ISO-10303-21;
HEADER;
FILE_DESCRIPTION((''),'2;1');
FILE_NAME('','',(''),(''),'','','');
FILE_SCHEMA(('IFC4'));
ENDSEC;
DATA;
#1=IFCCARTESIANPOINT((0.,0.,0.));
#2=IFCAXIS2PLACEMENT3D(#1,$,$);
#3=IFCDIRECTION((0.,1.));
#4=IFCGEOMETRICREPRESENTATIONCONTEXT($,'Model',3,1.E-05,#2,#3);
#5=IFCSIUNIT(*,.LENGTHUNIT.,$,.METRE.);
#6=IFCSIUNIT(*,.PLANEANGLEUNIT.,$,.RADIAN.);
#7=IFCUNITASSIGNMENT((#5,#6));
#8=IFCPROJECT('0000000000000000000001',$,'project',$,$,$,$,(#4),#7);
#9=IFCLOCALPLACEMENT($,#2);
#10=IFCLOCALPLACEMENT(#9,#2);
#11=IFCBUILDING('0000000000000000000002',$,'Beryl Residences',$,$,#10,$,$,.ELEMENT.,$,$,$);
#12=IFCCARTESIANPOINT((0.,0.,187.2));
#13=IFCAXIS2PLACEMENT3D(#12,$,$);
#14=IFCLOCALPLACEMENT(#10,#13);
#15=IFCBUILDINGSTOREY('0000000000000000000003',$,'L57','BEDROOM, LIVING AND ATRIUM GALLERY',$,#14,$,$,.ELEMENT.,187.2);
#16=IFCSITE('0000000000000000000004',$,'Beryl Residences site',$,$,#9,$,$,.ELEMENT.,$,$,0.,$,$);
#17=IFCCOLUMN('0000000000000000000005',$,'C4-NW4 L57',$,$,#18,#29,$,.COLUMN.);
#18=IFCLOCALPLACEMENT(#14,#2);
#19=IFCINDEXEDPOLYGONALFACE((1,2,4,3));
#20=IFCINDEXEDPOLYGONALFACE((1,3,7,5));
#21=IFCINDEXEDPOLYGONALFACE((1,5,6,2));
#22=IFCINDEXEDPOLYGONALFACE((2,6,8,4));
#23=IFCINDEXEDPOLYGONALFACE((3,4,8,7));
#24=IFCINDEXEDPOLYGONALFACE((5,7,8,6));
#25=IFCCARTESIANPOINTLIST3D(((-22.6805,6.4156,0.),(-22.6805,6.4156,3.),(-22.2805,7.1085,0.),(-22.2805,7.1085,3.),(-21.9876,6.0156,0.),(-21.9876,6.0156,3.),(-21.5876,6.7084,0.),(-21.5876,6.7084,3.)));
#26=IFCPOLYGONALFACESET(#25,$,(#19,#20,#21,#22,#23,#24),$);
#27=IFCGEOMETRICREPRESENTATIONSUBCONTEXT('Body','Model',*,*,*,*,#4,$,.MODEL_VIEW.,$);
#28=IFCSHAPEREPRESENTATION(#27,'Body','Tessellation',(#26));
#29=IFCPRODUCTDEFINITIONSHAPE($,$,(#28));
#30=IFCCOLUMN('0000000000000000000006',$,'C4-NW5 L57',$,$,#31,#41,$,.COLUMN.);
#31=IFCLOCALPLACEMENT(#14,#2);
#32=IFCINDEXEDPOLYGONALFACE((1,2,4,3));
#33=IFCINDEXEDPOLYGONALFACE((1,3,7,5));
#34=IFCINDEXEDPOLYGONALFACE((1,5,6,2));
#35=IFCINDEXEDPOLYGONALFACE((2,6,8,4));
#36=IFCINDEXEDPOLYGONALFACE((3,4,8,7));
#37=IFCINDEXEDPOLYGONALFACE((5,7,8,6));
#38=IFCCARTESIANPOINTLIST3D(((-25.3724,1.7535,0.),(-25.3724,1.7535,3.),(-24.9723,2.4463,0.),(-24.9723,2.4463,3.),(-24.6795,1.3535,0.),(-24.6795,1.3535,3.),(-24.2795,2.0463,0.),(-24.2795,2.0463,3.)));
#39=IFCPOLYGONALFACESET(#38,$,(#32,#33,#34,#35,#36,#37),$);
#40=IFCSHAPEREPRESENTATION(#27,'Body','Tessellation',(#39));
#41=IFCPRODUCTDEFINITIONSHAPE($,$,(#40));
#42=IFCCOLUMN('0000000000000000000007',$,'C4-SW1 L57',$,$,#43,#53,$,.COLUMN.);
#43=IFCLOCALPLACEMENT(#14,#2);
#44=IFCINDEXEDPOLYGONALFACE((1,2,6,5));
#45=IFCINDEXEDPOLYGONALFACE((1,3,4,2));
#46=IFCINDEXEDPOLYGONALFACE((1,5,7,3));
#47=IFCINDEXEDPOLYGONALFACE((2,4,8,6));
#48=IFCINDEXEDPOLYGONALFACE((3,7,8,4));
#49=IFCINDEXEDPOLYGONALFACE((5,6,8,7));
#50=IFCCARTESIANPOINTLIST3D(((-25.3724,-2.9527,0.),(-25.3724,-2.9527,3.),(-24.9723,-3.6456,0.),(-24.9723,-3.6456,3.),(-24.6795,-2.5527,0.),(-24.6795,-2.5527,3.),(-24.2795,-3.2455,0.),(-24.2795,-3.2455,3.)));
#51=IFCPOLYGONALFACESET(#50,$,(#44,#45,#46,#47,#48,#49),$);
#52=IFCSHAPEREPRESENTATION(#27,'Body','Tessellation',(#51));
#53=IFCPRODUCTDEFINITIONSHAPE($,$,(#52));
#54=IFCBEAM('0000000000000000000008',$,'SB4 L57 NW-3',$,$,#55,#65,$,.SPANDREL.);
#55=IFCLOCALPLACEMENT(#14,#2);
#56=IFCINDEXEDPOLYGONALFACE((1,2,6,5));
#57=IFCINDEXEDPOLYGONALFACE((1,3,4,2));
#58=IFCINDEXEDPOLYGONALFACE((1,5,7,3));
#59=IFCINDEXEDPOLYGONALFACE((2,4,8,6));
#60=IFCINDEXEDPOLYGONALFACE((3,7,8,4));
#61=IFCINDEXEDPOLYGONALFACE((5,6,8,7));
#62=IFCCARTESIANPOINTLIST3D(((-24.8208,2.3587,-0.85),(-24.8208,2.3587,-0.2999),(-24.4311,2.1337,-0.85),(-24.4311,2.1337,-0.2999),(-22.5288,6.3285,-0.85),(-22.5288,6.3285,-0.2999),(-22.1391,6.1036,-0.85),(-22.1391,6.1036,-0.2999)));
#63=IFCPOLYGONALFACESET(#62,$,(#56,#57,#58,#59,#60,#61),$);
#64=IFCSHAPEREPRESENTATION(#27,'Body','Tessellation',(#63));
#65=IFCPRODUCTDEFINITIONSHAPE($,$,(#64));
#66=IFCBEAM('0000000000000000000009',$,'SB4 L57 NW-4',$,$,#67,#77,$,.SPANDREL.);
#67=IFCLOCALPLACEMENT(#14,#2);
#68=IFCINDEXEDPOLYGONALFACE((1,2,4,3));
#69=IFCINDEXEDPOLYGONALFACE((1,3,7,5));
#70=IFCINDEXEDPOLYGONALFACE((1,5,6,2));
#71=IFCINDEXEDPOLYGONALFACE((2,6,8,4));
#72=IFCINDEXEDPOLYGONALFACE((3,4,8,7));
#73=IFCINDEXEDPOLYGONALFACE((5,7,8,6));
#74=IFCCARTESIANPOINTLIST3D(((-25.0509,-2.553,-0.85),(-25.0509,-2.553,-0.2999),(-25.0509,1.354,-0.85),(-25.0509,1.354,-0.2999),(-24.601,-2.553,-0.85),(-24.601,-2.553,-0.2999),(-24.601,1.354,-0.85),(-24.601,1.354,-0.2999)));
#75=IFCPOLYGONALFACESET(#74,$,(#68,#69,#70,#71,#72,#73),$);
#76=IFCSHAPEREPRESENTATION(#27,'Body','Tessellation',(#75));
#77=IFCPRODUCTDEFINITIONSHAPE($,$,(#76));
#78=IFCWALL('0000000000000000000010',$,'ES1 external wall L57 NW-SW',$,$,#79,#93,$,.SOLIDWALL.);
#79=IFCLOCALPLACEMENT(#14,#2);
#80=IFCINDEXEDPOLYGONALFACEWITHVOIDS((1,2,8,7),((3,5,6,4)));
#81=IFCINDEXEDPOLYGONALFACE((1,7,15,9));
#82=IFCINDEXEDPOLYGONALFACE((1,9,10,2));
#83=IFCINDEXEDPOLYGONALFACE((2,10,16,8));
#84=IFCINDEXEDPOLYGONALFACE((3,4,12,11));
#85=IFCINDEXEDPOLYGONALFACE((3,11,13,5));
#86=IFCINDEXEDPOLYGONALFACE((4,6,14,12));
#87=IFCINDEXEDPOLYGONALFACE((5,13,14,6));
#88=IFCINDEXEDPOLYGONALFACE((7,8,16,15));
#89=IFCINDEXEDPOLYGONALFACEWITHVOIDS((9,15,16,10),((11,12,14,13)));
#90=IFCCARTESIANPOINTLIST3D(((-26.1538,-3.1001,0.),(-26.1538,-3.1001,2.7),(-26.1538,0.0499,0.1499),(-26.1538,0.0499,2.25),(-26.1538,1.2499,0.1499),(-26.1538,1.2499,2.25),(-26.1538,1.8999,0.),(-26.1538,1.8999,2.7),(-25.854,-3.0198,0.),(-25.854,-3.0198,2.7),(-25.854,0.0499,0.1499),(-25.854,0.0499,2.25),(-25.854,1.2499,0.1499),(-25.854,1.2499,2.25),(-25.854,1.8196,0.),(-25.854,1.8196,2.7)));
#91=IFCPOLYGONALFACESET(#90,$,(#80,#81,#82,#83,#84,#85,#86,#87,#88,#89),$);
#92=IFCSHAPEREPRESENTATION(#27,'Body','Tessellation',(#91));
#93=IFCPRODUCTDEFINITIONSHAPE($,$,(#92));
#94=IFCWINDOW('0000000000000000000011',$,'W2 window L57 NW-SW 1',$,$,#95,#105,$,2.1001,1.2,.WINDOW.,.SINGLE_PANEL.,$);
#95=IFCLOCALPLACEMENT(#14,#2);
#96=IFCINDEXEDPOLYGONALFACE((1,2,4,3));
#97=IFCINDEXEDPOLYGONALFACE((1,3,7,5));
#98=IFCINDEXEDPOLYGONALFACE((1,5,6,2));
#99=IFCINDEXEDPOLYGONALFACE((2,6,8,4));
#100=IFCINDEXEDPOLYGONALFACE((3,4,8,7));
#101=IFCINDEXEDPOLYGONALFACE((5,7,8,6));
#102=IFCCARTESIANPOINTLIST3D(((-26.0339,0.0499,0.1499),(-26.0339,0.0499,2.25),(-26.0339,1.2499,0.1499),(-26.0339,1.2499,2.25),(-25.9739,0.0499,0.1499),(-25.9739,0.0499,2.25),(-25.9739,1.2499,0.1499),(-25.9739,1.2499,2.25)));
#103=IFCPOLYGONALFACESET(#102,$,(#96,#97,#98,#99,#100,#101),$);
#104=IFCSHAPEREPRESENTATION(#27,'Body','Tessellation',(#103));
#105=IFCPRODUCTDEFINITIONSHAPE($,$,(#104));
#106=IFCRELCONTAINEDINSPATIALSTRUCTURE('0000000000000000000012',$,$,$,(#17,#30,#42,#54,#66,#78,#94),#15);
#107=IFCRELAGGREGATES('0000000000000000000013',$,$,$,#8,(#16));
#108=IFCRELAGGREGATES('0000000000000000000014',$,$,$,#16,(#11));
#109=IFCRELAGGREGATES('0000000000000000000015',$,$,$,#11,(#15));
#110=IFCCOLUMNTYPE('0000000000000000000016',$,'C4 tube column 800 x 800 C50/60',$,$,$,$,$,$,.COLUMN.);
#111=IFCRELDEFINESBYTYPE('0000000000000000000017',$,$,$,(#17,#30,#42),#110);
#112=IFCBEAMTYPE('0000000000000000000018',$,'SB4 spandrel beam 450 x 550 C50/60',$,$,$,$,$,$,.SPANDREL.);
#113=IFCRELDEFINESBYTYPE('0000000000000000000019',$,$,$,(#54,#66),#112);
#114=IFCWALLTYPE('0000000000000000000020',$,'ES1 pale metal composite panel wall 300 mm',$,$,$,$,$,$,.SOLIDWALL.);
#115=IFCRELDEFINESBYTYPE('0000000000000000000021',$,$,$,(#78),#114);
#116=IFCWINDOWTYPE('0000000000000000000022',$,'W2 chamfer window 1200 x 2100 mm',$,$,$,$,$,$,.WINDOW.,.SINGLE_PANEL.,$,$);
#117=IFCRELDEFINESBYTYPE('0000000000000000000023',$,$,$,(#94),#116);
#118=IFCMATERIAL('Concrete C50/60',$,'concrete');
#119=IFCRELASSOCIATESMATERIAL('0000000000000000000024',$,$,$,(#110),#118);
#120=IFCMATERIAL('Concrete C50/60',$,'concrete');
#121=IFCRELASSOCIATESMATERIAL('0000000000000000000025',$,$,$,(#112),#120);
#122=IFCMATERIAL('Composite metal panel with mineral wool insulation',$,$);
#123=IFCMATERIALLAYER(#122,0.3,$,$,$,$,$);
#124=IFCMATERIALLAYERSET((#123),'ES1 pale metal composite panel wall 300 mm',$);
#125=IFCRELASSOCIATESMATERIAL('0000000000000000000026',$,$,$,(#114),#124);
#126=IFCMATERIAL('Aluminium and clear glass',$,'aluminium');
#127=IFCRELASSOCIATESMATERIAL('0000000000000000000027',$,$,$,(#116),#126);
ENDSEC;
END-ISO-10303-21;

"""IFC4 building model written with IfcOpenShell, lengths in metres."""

from ifc_helpers import new_model, si_unit, direction, frame, frame_2d, origin, origin_2d, place, context, subcontext, project, spatial, polyline, rectangle, outline, extrude, material, layer, layer_set, material_profile, profile_set, type_object, element, fill, save


model = new_model("IFC4")

# Units and contexts
model_context = context("Model", 3, precision=1e-05, world=origin(), true_north=direction((0.0, 1.0)))
body_context = subcontext(model_context, "Body", "Model", "MODEL_VIEW")
ifc_project = project(units=[si_unit("LENGTHUNIT", "METRE"), si_unit("PLANEANGLEUNIT", "RADIAN")], contexts=[model_context])

# Site, building, storey
site_placement = place(None, origin())
site = spatial("IfcSite", under=ifc_project, at=site_placement, Name="Beryl Residences site", CompositionType="ELEMENT", RefElevation=0.0)
building_placement = place(site_placement, origin())
building = spatial("IfcBuilding", under=site, at=building_placement, Name="Beryl Residences", CompositionType="ELEMENT")
storey_placement = place(building_placement, frame((0.0, 0.0, 187.2)))
storey = spatial("IfcBuildingStorey", under=building, at=storey_placement, Name="L57", Description="BEDROOM, LIVING AND ATRIUM GALLERY", CompositionType="ELEMENT", Elevation=187.2)

# Columns
ifc_material_1 = material(Name="Concrete C50/60", Category="concrete")
ifc_material_profile_1 = material_profile(ifc_material_1, rectangle(XDim=0.8, YDim=0.8, at=origin_2d()))
ifc_profile_set_1 = profile_set([ifc_material_profile_1], Name="Concrete C50/60")
column_type = type_object("IfcColumnType", Name="C4 tube column 800 x 800 C50/60", PredefinedType="COLUMN", material=ifc_profile_set_1)
for number, where, z_axis, x_axis, name in (
    (1, (-22.134, 6.562, 0.0), (0.0, 0.0, 1.0), (-0.5, -0.866025, 0.0), "C4-NW4 L57"),
    (2, (-24.8259, 1.8999, 0.0), (0.0, 0.0, 1.0), (-0.5, -0.866025, 0.0), "C4-NW5 L57"),
    (3, (-24.8259, -3.0991, 0.0), (0.0, 0.0, 1.0), (0.5, -0.866025, 0.0), "C4-SW1 L57"),
):
    element("IfcColumn", number, at=place(storey_placement, frame(where, z_axis=z_axis, x_axis=x_axis)), inside=storey, type_object=column_type, Name=name, PredefinedType="COLUMN", context=body_context, shape_type="SweptSolid", body=[
        extrude(rectangle(XDim=0.8, YDim=0.8, at=origin_2d()), origin(), (0.0, 0.0, 1.0), 3.0),
    ])

# Beams
ifc_material_2 = material(Name="Concrete C50/60", Category="concrete")
ifc_material_profile_2 = material_profile(ifc_material_2, rectangle(XDim=0.45, YDim=0.55, at=origin_2d()))
ifc_profile_set_2 = profile_set([ifc_material_profile_2], Name="Concrete C50/60")
beam_type = type_object("IfcBeamType", Name="SB4 spandrel beam 450 x 550 C50/60", PredefinedType="SPANDREL", material=ifc_profile_set_2)
beam_1_placement = place(storey_placement, frame((-22.334, 6.2161, -0.575), z_axis=(-0.499988, -0.866032, 0.0), x_axis=(0.866032, -0.499988, 0.0)))
element("IfcBeam", 4, at=beam_1_placement, inside=storey, type_object=beam_type, Name="SB4 L57 NW-3", PredefinedType="SPANDREL", context=body_context, shape_type="SweptSolid", body=[
    extrude(rectangle(XDim=0.45, YDim=0.55, at=origin_2d()), origin(), (0.0, 0.0, 1.0), 4.584),
])
beam_2_placement = place(storey_placement, frame((-24.8259, 1.354, -0.575), z_axis=(0.0, -1.0, 0.0), x_axis=(1.0, 0.0, 0.0)))
element("IfcBeam", 5, at=beam_2_placement, inside=storey, type_object=beam_type, Name="SB4 L57 NW-4", PredefinedType="SPANDREL", context=body_context, shape_type="SweptSolid", body=[
    extrude(rectangle(XDim=0.45, YDim=0.55, at=origin_2d()), origin(), (0.0, 0.0, 1.0), 3.907),
])

# Wall, opening, window
ifc_material_3 = material(Name="Composite metal panel with mineral wool insulation")
ifc_layer_1 = layer(ifc_material_3, 0.3)
ifc_layer_set_1 = layer_set([ifc_layer_1], Name="ES1 pale metal composite panel wall 300 mm")
wall_type_1 = type_object("IfcWallType", Name="ES1 pale metal composite panel wall 300 mm", PredefinedType="SOLIDWALL", material=ifc_layer_set_1)
wall_1_placement = place(storey_placement, frame((-26.0039, 1.8999, 0.0), z_axis=(0.0, 0.0, 1.0), x_axis=(0.0, -1.0, 0.0)))
wall_1 = element("IfcWall", 6, at=wall_1_placement, inside=storey, type_object=wall_type_1, Name="ES1 external wall L57 NW-SW", PredefinedType="SOLIDWALL", context=body_context, shape_type="SweptSolid", body=[
    extrude(outline(polyline([(0.0, -0.1499), (5.0, -0.1499), (4.9197, 0.1499), (0.0803, 0.1499), (0.0, -0.1499)])), origin(), (0.0, 0.0, 1.0), 2.7),
])
opening_1_placement = place(wall_1_placement, frame((0.6499, 0.0, 0.1499)))
opening_1 = element("IfcOpeningElement", 7, at=opening_1_placement, cuts=wall_1, PredefinedType="OPENING", context=body_context, shape_type="SweptSolid", body=[
    extrude(rectangle(XDim=1.2, YDim=2.1001, at=frame_2d((0.6001, 1.05))), frame((0.0, 0.1599, 0.0), z_axis=(0.0, -1.0, 0.0), x_axis=(1.0, 0.0, 0.0)), (0.0, 0.0, 1.0), 0.3201),
])
ifc_material_4 = material(Name="Aluminium and clear glass", Category="aluminium")
window_type_1 = type_object("IfcWindowType", Name="W2 chamfer window 1200 x 2100 mm", PartitioningType="SINGLE_PANEL", PredefinedType="WINDOW", material=ifc_material_4)
window_1_placement = place(opening_1_placement, origin())
window_1 = element("IfcWindow", 8, at=window_1_placement, inside=storey, type_object=window_type_1, Name="W2 window L57 NW-SW 1", OverallHeight=2.1001, OverallWidth=1.2, PartitioningType="SINGLE_PANEL", PredefinedType="WINDOW", context=body_context, shape_type="SweptSolid", body=[
    extrude(rectangle(XDim=1.2, YDim=2.1001, at=frame_2d((0.6001, 1.05))), frame((0.0, 0.03, 0.0), z_axis=(0.0, -1.0, 0.0), x_axis=(1.0, 0.0, 0.0)), (0.0, 0.0, 1.0), 0.0601),
])
fill(opening_1, window_1)

save(model, "model.ifc")
